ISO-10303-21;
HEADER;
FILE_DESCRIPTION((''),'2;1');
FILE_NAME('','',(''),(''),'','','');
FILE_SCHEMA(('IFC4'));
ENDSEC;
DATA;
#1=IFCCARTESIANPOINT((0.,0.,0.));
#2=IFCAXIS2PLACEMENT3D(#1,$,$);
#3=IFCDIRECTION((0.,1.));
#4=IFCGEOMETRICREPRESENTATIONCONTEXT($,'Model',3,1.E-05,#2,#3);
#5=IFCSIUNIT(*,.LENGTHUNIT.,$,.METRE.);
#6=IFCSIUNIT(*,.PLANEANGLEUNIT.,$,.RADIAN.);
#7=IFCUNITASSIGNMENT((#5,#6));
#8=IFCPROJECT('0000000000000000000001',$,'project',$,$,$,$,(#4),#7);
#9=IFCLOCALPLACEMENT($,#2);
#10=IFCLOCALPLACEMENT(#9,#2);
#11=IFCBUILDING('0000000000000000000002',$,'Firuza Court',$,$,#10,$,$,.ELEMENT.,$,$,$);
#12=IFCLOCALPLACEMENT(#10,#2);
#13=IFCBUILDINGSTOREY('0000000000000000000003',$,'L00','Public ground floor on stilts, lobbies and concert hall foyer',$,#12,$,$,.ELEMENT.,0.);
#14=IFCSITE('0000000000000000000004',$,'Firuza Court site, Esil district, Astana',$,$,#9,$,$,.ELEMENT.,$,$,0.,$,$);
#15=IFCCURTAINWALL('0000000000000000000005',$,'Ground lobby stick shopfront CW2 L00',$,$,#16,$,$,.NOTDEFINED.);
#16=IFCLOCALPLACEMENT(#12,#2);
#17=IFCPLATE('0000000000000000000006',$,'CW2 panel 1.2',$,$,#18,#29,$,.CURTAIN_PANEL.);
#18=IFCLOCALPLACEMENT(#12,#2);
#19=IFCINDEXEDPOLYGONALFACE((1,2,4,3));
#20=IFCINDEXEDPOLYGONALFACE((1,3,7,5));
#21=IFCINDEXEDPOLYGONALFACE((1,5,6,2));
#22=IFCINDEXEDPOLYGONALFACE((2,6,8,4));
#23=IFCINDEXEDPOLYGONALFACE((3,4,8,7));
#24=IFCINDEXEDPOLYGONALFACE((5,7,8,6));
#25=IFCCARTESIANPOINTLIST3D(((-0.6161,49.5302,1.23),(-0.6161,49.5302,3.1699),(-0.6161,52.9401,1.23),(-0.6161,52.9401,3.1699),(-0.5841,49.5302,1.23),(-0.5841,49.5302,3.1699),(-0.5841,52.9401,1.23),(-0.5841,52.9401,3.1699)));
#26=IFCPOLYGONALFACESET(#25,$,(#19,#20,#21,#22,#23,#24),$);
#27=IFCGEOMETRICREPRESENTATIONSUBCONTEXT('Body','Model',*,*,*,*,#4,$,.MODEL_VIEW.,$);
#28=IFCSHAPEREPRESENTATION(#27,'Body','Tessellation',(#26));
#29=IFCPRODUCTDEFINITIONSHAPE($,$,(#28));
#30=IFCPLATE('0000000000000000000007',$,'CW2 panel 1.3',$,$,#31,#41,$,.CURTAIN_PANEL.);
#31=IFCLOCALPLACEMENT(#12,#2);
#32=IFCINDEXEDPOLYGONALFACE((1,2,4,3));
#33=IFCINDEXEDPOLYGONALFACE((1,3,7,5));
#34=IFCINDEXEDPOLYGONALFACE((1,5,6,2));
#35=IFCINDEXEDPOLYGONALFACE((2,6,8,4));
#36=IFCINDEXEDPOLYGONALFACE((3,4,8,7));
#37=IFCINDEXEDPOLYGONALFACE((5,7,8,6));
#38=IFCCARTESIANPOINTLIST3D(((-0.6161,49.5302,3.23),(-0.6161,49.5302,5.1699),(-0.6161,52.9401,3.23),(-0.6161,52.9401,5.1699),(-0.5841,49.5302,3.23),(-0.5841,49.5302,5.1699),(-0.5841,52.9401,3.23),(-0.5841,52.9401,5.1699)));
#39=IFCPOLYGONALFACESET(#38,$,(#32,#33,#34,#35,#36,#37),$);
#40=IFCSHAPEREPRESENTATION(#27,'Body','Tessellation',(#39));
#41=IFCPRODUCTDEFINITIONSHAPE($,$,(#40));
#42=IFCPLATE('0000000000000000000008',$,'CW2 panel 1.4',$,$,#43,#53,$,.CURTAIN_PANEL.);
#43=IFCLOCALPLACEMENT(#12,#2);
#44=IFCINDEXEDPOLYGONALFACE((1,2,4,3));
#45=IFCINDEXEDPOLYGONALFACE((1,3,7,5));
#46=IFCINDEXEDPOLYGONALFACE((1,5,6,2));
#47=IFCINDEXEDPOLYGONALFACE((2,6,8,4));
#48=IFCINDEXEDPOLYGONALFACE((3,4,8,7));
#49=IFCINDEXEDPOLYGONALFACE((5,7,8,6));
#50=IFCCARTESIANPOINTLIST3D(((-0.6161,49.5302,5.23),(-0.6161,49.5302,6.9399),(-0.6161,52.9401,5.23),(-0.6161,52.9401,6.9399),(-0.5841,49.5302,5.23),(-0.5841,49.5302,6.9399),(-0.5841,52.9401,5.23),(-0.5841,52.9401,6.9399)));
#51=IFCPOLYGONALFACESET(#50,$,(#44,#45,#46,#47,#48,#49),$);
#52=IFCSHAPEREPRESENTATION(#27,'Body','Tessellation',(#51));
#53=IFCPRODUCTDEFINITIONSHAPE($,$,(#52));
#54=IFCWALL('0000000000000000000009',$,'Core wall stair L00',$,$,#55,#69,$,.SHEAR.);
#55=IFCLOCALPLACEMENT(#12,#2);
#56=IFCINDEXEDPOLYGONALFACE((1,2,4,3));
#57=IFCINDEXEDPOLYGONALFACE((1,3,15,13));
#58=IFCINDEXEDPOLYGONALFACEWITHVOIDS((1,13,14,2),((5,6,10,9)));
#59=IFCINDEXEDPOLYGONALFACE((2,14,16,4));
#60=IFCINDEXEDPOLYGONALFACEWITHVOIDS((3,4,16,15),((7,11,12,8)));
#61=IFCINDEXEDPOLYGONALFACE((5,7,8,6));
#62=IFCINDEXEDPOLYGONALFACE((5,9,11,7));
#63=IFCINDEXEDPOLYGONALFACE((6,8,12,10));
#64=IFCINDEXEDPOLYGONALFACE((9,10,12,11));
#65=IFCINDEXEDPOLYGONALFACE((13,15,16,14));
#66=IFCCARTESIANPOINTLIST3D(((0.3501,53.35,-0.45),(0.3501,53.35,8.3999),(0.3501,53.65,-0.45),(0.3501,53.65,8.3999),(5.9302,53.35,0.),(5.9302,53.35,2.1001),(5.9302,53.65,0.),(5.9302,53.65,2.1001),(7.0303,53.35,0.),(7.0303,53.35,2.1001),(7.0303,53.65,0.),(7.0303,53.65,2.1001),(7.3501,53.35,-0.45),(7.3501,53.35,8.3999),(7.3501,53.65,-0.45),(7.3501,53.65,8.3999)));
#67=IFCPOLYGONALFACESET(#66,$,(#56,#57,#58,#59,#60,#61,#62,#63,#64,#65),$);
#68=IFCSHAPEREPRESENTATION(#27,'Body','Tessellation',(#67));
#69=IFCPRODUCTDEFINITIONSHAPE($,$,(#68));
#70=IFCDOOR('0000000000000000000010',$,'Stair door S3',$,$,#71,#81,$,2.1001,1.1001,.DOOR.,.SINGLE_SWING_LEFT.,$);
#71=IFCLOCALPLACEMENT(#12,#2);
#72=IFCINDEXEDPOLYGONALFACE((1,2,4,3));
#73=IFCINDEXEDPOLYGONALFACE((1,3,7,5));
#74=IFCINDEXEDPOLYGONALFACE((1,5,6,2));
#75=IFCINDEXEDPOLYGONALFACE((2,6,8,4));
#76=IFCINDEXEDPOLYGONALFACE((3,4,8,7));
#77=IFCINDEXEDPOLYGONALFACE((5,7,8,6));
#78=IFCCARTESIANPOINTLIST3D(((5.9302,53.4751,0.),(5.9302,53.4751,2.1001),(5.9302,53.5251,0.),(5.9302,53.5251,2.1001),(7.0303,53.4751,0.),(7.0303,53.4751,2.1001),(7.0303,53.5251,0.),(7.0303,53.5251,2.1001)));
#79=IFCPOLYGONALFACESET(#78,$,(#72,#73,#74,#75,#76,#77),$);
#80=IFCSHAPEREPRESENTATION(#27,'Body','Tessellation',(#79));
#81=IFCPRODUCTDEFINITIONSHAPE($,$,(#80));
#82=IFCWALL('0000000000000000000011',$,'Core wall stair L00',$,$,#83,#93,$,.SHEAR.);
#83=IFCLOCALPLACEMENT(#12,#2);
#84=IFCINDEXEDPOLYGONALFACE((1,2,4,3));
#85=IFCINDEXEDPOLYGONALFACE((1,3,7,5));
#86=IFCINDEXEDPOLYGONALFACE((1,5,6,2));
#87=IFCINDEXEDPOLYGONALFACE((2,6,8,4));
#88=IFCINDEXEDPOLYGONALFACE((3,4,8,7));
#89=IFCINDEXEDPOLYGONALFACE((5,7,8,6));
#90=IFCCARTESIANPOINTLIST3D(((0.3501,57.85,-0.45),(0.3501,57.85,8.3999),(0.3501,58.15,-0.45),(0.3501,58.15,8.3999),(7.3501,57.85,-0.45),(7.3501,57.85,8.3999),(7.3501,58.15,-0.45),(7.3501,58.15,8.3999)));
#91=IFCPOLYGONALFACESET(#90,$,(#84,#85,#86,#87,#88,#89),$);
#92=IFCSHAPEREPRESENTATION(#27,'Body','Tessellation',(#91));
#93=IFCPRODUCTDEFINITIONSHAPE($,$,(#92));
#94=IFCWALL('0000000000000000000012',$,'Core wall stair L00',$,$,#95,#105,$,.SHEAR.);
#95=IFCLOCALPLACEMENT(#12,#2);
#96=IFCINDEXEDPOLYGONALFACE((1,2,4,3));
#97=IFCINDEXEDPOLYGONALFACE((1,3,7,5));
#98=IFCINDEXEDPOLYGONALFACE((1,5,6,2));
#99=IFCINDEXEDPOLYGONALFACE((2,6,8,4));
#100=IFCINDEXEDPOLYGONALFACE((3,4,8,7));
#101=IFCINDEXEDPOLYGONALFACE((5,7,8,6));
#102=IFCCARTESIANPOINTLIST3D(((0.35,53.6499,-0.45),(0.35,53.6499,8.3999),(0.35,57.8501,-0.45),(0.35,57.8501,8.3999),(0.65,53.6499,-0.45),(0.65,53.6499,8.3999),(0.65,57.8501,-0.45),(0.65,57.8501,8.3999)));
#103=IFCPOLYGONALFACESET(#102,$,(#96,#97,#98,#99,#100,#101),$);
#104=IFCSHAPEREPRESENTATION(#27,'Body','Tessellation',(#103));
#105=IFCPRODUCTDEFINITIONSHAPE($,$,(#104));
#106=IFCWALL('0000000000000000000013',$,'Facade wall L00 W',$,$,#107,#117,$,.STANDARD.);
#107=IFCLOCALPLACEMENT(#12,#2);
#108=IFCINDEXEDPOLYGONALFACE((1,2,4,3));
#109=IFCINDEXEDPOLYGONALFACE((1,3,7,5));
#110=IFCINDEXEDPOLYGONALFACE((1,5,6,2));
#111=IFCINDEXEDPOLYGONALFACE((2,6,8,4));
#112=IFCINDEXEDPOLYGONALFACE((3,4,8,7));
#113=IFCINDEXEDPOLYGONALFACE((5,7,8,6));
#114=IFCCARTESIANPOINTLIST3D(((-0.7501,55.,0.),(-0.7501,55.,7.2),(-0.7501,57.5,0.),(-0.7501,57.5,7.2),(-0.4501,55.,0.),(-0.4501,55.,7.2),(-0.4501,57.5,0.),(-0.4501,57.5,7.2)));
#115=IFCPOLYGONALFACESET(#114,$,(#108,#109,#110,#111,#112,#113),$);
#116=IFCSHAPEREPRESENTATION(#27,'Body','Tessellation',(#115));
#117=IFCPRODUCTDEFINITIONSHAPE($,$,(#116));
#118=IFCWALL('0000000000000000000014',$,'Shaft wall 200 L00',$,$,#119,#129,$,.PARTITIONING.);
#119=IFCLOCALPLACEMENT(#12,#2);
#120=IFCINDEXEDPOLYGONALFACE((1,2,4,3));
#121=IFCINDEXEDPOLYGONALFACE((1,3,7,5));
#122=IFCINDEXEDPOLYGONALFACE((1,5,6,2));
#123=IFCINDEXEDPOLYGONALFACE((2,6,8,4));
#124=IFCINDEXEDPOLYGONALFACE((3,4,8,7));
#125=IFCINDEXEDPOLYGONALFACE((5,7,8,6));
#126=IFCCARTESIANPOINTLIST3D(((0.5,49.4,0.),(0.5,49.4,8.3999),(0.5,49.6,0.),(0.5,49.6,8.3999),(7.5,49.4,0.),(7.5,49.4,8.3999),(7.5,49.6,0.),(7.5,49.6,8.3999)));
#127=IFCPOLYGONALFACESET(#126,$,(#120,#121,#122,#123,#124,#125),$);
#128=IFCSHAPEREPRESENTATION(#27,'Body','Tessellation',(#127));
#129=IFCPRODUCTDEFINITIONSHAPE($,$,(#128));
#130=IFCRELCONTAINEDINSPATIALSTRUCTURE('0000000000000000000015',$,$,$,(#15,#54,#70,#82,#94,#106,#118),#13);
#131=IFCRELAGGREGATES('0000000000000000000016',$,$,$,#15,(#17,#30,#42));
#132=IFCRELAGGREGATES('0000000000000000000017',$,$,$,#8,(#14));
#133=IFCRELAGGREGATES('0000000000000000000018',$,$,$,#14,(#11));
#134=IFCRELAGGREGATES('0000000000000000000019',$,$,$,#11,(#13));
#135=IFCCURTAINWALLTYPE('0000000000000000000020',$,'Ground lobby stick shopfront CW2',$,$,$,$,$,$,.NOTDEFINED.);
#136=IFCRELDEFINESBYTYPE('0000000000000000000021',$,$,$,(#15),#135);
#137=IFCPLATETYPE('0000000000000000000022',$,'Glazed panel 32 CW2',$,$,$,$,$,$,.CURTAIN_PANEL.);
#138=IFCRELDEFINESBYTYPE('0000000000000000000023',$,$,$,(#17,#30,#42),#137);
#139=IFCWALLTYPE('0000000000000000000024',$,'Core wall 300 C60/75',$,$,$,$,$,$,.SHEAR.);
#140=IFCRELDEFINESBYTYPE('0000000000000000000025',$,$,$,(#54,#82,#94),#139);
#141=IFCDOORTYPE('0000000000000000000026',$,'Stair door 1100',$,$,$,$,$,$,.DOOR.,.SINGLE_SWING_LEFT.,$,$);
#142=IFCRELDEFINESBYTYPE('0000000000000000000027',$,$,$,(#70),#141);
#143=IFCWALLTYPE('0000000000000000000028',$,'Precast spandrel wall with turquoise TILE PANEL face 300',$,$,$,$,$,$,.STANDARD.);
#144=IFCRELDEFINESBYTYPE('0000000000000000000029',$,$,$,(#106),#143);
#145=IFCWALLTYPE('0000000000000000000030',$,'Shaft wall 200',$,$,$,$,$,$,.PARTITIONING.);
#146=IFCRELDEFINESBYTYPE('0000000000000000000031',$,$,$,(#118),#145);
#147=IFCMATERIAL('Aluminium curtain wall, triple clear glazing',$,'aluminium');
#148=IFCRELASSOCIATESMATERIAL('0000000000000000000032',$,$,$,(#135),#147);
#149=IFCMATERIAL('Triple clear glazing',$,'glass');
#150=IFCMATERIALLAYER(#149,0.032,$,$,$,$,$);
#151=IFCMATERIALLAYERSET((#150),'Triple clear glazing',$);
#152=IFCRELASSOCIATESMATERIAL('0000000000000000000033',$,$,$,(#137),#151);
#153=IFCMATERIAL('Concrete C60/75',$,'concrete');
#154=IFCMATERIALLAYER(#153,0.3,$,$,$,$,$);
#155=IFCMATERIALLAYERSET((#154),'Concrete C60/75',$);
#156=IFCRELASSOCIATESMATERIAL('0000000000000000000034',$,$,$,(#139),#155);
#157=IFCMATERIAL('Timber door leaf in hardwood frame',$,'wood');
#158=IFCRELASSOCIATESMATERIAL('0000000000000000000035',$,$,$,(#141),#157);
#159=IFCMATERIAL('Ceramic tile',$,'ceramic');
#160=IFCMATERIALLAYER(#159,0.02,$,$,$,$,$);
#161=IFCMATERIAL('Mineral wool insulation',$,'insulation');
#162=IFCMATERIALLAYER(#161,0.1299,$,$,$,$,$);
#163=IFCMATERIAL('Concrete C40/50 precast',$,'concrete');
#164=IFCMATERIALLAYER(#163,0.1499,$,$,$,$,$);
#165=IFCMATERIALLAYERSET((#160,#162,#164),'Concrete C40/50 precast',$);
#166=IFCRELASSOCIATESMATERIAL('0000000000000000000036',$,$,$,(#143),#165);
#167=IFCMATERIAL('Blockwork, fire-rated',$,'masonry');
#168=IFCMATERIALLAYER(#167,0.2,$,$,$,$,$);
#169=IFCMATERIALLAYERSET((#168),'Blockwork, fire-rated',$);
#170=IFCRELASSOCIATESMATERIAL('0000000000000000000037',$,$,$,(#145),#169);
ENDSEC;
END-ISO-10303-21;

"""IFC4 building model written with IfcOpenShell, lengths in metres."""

from ifc_helpers import new_model, si_unit, direction, frame, frame_2d, origin, origin_2d, place, context, subcontext, project, spatial, rectangle, extrude, material, layer, layer_set, type_object, element, fill, aggregate, save


model = new_model("IFC4")

# Units and contexts
model_context = context("Model", 3, precision=1e-05, world=origin(), true_north=direction((0.0, 1.0)))
body_context = subcontext(model_context, "Body", "Model", "MODEL_VIEW")
ifc_project = project(units=[si_unit("LENGTHUNIT", "METRE"), si_unit("PLANEANGLEUNIT", "RADIAN")], contexts=[model_context])

# Site, building, storey
site_placement = place(None, origin())
site = spatial("IfcSite", under=ifc_project, at=site_placement, Name="Firuza Court site, Esil district, Astana", CompositionType="ELEMENT", RefElevation=0.0)
building_placement = place(site_placement, origin())
building = spatial("IfcBuilding", under=site, at=building_placement, Name="Firuza Court", CompositionType="ELEMENT")
storey_placement = place(building_placement, origin())
storey = spatial("IfcBuildingStorey", under=building, at=storey_placement, Name="L00", Description="Public ground floor on stilts, lobbies and concert hall foyer", CompositionType="ELEMENT", Elevation=0.0)

# Shared definitions
ifc_material_1 = material(Name="Aluminium curtain wall, triple clear glazing", Category="aluminium")
curtain_wall_type = type_object("IfcCurtainWallType", Name="Ground lobby stick shopfront CW2", PredefinedType="NOTDEFINED", material=ifc_material_1)

# Curtain wall
curtain_wall_1_placement = place(storey_placement, origin())
curtain_wall_1 = element("IfcCurtainWall", 1, at=curtain_wall_1_placement, inside=storey, type_object=curtain_wall_type, Name="Ground lobby stick shopfront CW2 L00", PredefinedType="NOTDEFINED")

# Plates
ifc_material_2 = material(Name="Triple clear glazing", Category="glass")
ifc_layer_1 = layer(ifc_material_2, 0.032)
ifc_layer_set_1 = layer_set([ifc_layer_1], Name="Triple clear glazing")
plate_type = type_object("IfcPlateType", Name="Glazed panel 32 CW2", PredefinedType="CURTAIN_PANEL", material=ifc_layer_set_1)
plate_1_placement = place(storey_placement, frame((-0.6001, 51.2351, 1.23), z_axis=(0.0, 0.0, 1.0), x_axis=(0.0, -1.0, 0.0)))
plate_1 = element("IfcPlate", 2, at=plate_1_placement, type_object=plate_type, Name="CW2 panel 1.2", PredefinedType="CURTAIN_PANEL", context=body_context, shape_type="SweptSolid", body=[
    extrude(rectangle(XDim=3.4099, YDim=0.032, at=origin_2d()), origin(), (0.0, 0.0, 1.0), 1.9399),
])
plate_2_placement = place(storey_placement, frame((-0.6001, 51.2351, 3.23), z_axis=(0.0, 0.0, 1.0), x_axis=(0.0, -1.0, 0.0)))
plate_2 = element("IfcPlate", 3, at=plate_2_placement, type_object=plate_type, Name="CW2 panel 1.3", PredefinedType="CURTAIN_PANEL", context=body_context, shape_type="SweptSolid", body=[
    extrude(rectangle(XDim=3.4099, YDim=0.032, at=origin_2d()), origin(), (0.0, 0.0, 1.0), 1.9399),
])
plate_3_placement = place(storey_placement, frame((-0.6001, 51.2351, 5.23), z_axis=(0.0, 0.0, 1.0), x_axis=(0.0, -1.0, 0.0)))
plate_3 = element("IfcPlate", 4, at=plate_3_placement, type_object=plate_type, Name="CW2 panel 1.4", PredefinedType="CURTAIN_PANEL", context=body_context, shape_type="SweptSolid", body=[
    extrude(rectangle(XDim=3.4099, YDim=0.032, at=origin_2d()), origin(), (0.0, 0.0, 1.0), 1.71),
])
aggregate(curtain_wall_1, [plate_1, plate_2, plate_3])

# Wall, opening, door
ifc_material_3 = material(Name="Concrete C60/75", Category="concrete")
ifc_layer_2 = layer(ifc_material_3, 0.3)
ifc_layer_set_2 = layer_set([ifc_layer_2], Name="Concrete C60/75")
wall_type_1 = type_object("IfcWallType", Name="Core wall 300 C60/75", PredefinedType="SHEAR", material=ifc_layer_set_2)
wall_1_placement = place(storey_placement, frame((0.3501, 53.5, -0.45), z_axis=(0.0, 0.0, 1.0), x_axis=(1.0, 0.0, 0.0)))
wall_1 = element("IfcWall", 5, at=wall_1_placement, inside=storey, type_object=wall_type_1, Name="Core wall stair L00", PredefinedType="SHEAR", context=body_context, shape_type="SweptSolid", body=[
    extrude(rectangle(XDim=7.0, YDim=0.3, at=frame_2d((3.5, 0.0))), origin(), (0.0, 0.0, 1.0), 8.8499),
])
opening_placement = place(wall_1_placement, frame((5.5801, 0.0, 0.45)))
opening = element("IfcOpeningElement", 6, at=opening_placement, cuts=wall_1, PredefinedType="OPENING", context=body_context, shape_type="SweptSolid", body=[
    extrude(rectangle(XDim=1.1001, YDim=2.1001, at=frame_2d((0.55, 1.05))), frame((0.0, 0.1621, 0.0), z_axis=(0.0, -1.0, 0.0), x_axis=(1.0, 0.0, 0.0)), (0.0, 0.0, 1.0), 0.324),
])
ifc_material_4 = material(Name="Timber door leaf in hardwood frame", Category="wood")
door_type = type_object("IfcDoorType", Name="Stair door 1100", OperationType="SINGLE_SWING_LEFT", PredefinedType="DOOR", material=ifc_material_4)
door_placement = place(opening_placement, frame((1.1001, 0.0, 0.0), z_axis=(0.0, 0.0, 1.0), x_axis=(-1.0, 0.0, 0.0)))
door = element("IfcDoor", 7, at=door_placement, inside=storey, type_object=door_type, Name="Stair door S3", OperationType="SINGLE_SWING_LEFT", OverallHeight=2.1001, OverallWidth=1.1001, PredefinedType="DOOR", context=body_context, shape_type="SweptSolid", body=[
    extrude(rectangle(XDim=1.1001, YDim=2.1001, at=frame_2d((0.55, 1.05))), frame((0.0, 0.0249, 0.0), z_axis=(0.0, -1.0, 0.0), x_axis=(1.0, 0.0, 0.0)), (0.0, 0.0, 1.0), 0.05),
])
fill(opening, door)

# Walls
wall_2_placement = place(storey_placement, frame((0.3501, 58.0, -0.45), z_axis=(0.0, 0.0, 1.0), x_axis=(1.0, 0.0, 0.0)))
element("IfcWall", 8, at=wall_2_placement, inside=storey, type_object=wall_type_1, Name="Core wall stair L00", PredefinedType="SHEAR", context=body_context, shape_type="SweptSolid", body=[
    extrude(rectangle(XDim=7.0, YDim=0.3, at=frame_2d((3.5, 0.0))), origin(), (0.0, 0.0, 1.0), 8.8499),
])
wall_3_placement = place(storey_placement, frame((0.5, 53.6499, -0.45), z_axis=(0.0, 0.0, 1.0), x_axis=(0.0, 1.0, 0.0)))
element("IfcWall", 9, at=wall_3_placement, inside=storey, type_object=wall_type_1, Name="Core wall stair L00", PredefinedType="SHEAR", context=body_context, shape_type="SweptSolid", body=[
    extrude(rectangle(XDim=4.2002, YDim=0.3, at=frame_2d((2.1001, 0.0))), origin(), (0.0, 0.0, 1.0), 8.8499),
])
ifc_material_5 = material(Name="Ceramic tile", Category="ceramic")
ifc_layer_3 = layer(ifc_material_5, 0.02)
ifc_material_6 = material(Name="Mineral wool insulation", Category="insulation")
ifc_layer_4 = layer(ifc_material_6, 0.1299)
ifc_material_7 = material(Name="Concrete C40/50 precast", Category="concrete")
ifc_layer_5 = layer(ifc_material_7, 0.1499)
ifc_layer_set_3 = layer_set([ifc_layer_3, ifc_layer_4, ifc_layer_5], Name="Concrete C40/50 precast")
wall_type_2 = type_object("IfcWallType", Name="Precast spandrel wall with turquoise TILE PANEL face 300", PredefinedType="STANDARD", material=ifc_layer_set_3)
wall_4_placement = place(storey_placement, frame((-0.6001, 57.5, 0.0), z_axis=(0.0, 0.0, 1.0), x_axis=(0.0, -1.0, 0.0)))
element("IfcWall", 10, at=wall_4_placement, inside=storey, type_object=wall_type_2, Name="Facade wall L00 W", PredefinedType="STANDARD", context=body_context, shape_type="SweptSolid", body=[
    extrude(rectangle(XDim=2.5, YDim=0.3, at=frame_2d((1.25, 0.0))), origin(), (0.0, 0.0, 1.0), 7.2),
])
ifc_material_8 = material(Name="Blockwork, fire-rated", Category="masonry")
ifc_layer_6 = layer(ifc_material_8, 0.2)
ifc_layer_set_4 = layer_set([ifc_layer_6], Name="Blockwork, fire-rated")
wall_type_3 = type_object("IfcWallType", Name="Shaft wall 200", PredefinedType="PARTITIONING", material=ifc_layer_set_4)
wall_5_placement = place(storey_placement, frame((0.5, 49.5, 0.0), z_axis=(0.0, 0.0, 1.0), x_axis=(1.0, 0.0, 0.0)))
element("IfcWall", 11, at=wall_5_placement, inside=storey, type_object=wall_type_3, Name="Shaft wall 200 L00", PredefinedType="PARTITIONING", context=body_context, shape_type="SweptSolid", body=[
    extrude(rectangle(XDim=7.0, YDim=0.2, at=frame_2d((3.5, 0.0))), origin(), (0.0, 0.0, 1.0), 8.3999),
])

save(model, "model.ifc")
